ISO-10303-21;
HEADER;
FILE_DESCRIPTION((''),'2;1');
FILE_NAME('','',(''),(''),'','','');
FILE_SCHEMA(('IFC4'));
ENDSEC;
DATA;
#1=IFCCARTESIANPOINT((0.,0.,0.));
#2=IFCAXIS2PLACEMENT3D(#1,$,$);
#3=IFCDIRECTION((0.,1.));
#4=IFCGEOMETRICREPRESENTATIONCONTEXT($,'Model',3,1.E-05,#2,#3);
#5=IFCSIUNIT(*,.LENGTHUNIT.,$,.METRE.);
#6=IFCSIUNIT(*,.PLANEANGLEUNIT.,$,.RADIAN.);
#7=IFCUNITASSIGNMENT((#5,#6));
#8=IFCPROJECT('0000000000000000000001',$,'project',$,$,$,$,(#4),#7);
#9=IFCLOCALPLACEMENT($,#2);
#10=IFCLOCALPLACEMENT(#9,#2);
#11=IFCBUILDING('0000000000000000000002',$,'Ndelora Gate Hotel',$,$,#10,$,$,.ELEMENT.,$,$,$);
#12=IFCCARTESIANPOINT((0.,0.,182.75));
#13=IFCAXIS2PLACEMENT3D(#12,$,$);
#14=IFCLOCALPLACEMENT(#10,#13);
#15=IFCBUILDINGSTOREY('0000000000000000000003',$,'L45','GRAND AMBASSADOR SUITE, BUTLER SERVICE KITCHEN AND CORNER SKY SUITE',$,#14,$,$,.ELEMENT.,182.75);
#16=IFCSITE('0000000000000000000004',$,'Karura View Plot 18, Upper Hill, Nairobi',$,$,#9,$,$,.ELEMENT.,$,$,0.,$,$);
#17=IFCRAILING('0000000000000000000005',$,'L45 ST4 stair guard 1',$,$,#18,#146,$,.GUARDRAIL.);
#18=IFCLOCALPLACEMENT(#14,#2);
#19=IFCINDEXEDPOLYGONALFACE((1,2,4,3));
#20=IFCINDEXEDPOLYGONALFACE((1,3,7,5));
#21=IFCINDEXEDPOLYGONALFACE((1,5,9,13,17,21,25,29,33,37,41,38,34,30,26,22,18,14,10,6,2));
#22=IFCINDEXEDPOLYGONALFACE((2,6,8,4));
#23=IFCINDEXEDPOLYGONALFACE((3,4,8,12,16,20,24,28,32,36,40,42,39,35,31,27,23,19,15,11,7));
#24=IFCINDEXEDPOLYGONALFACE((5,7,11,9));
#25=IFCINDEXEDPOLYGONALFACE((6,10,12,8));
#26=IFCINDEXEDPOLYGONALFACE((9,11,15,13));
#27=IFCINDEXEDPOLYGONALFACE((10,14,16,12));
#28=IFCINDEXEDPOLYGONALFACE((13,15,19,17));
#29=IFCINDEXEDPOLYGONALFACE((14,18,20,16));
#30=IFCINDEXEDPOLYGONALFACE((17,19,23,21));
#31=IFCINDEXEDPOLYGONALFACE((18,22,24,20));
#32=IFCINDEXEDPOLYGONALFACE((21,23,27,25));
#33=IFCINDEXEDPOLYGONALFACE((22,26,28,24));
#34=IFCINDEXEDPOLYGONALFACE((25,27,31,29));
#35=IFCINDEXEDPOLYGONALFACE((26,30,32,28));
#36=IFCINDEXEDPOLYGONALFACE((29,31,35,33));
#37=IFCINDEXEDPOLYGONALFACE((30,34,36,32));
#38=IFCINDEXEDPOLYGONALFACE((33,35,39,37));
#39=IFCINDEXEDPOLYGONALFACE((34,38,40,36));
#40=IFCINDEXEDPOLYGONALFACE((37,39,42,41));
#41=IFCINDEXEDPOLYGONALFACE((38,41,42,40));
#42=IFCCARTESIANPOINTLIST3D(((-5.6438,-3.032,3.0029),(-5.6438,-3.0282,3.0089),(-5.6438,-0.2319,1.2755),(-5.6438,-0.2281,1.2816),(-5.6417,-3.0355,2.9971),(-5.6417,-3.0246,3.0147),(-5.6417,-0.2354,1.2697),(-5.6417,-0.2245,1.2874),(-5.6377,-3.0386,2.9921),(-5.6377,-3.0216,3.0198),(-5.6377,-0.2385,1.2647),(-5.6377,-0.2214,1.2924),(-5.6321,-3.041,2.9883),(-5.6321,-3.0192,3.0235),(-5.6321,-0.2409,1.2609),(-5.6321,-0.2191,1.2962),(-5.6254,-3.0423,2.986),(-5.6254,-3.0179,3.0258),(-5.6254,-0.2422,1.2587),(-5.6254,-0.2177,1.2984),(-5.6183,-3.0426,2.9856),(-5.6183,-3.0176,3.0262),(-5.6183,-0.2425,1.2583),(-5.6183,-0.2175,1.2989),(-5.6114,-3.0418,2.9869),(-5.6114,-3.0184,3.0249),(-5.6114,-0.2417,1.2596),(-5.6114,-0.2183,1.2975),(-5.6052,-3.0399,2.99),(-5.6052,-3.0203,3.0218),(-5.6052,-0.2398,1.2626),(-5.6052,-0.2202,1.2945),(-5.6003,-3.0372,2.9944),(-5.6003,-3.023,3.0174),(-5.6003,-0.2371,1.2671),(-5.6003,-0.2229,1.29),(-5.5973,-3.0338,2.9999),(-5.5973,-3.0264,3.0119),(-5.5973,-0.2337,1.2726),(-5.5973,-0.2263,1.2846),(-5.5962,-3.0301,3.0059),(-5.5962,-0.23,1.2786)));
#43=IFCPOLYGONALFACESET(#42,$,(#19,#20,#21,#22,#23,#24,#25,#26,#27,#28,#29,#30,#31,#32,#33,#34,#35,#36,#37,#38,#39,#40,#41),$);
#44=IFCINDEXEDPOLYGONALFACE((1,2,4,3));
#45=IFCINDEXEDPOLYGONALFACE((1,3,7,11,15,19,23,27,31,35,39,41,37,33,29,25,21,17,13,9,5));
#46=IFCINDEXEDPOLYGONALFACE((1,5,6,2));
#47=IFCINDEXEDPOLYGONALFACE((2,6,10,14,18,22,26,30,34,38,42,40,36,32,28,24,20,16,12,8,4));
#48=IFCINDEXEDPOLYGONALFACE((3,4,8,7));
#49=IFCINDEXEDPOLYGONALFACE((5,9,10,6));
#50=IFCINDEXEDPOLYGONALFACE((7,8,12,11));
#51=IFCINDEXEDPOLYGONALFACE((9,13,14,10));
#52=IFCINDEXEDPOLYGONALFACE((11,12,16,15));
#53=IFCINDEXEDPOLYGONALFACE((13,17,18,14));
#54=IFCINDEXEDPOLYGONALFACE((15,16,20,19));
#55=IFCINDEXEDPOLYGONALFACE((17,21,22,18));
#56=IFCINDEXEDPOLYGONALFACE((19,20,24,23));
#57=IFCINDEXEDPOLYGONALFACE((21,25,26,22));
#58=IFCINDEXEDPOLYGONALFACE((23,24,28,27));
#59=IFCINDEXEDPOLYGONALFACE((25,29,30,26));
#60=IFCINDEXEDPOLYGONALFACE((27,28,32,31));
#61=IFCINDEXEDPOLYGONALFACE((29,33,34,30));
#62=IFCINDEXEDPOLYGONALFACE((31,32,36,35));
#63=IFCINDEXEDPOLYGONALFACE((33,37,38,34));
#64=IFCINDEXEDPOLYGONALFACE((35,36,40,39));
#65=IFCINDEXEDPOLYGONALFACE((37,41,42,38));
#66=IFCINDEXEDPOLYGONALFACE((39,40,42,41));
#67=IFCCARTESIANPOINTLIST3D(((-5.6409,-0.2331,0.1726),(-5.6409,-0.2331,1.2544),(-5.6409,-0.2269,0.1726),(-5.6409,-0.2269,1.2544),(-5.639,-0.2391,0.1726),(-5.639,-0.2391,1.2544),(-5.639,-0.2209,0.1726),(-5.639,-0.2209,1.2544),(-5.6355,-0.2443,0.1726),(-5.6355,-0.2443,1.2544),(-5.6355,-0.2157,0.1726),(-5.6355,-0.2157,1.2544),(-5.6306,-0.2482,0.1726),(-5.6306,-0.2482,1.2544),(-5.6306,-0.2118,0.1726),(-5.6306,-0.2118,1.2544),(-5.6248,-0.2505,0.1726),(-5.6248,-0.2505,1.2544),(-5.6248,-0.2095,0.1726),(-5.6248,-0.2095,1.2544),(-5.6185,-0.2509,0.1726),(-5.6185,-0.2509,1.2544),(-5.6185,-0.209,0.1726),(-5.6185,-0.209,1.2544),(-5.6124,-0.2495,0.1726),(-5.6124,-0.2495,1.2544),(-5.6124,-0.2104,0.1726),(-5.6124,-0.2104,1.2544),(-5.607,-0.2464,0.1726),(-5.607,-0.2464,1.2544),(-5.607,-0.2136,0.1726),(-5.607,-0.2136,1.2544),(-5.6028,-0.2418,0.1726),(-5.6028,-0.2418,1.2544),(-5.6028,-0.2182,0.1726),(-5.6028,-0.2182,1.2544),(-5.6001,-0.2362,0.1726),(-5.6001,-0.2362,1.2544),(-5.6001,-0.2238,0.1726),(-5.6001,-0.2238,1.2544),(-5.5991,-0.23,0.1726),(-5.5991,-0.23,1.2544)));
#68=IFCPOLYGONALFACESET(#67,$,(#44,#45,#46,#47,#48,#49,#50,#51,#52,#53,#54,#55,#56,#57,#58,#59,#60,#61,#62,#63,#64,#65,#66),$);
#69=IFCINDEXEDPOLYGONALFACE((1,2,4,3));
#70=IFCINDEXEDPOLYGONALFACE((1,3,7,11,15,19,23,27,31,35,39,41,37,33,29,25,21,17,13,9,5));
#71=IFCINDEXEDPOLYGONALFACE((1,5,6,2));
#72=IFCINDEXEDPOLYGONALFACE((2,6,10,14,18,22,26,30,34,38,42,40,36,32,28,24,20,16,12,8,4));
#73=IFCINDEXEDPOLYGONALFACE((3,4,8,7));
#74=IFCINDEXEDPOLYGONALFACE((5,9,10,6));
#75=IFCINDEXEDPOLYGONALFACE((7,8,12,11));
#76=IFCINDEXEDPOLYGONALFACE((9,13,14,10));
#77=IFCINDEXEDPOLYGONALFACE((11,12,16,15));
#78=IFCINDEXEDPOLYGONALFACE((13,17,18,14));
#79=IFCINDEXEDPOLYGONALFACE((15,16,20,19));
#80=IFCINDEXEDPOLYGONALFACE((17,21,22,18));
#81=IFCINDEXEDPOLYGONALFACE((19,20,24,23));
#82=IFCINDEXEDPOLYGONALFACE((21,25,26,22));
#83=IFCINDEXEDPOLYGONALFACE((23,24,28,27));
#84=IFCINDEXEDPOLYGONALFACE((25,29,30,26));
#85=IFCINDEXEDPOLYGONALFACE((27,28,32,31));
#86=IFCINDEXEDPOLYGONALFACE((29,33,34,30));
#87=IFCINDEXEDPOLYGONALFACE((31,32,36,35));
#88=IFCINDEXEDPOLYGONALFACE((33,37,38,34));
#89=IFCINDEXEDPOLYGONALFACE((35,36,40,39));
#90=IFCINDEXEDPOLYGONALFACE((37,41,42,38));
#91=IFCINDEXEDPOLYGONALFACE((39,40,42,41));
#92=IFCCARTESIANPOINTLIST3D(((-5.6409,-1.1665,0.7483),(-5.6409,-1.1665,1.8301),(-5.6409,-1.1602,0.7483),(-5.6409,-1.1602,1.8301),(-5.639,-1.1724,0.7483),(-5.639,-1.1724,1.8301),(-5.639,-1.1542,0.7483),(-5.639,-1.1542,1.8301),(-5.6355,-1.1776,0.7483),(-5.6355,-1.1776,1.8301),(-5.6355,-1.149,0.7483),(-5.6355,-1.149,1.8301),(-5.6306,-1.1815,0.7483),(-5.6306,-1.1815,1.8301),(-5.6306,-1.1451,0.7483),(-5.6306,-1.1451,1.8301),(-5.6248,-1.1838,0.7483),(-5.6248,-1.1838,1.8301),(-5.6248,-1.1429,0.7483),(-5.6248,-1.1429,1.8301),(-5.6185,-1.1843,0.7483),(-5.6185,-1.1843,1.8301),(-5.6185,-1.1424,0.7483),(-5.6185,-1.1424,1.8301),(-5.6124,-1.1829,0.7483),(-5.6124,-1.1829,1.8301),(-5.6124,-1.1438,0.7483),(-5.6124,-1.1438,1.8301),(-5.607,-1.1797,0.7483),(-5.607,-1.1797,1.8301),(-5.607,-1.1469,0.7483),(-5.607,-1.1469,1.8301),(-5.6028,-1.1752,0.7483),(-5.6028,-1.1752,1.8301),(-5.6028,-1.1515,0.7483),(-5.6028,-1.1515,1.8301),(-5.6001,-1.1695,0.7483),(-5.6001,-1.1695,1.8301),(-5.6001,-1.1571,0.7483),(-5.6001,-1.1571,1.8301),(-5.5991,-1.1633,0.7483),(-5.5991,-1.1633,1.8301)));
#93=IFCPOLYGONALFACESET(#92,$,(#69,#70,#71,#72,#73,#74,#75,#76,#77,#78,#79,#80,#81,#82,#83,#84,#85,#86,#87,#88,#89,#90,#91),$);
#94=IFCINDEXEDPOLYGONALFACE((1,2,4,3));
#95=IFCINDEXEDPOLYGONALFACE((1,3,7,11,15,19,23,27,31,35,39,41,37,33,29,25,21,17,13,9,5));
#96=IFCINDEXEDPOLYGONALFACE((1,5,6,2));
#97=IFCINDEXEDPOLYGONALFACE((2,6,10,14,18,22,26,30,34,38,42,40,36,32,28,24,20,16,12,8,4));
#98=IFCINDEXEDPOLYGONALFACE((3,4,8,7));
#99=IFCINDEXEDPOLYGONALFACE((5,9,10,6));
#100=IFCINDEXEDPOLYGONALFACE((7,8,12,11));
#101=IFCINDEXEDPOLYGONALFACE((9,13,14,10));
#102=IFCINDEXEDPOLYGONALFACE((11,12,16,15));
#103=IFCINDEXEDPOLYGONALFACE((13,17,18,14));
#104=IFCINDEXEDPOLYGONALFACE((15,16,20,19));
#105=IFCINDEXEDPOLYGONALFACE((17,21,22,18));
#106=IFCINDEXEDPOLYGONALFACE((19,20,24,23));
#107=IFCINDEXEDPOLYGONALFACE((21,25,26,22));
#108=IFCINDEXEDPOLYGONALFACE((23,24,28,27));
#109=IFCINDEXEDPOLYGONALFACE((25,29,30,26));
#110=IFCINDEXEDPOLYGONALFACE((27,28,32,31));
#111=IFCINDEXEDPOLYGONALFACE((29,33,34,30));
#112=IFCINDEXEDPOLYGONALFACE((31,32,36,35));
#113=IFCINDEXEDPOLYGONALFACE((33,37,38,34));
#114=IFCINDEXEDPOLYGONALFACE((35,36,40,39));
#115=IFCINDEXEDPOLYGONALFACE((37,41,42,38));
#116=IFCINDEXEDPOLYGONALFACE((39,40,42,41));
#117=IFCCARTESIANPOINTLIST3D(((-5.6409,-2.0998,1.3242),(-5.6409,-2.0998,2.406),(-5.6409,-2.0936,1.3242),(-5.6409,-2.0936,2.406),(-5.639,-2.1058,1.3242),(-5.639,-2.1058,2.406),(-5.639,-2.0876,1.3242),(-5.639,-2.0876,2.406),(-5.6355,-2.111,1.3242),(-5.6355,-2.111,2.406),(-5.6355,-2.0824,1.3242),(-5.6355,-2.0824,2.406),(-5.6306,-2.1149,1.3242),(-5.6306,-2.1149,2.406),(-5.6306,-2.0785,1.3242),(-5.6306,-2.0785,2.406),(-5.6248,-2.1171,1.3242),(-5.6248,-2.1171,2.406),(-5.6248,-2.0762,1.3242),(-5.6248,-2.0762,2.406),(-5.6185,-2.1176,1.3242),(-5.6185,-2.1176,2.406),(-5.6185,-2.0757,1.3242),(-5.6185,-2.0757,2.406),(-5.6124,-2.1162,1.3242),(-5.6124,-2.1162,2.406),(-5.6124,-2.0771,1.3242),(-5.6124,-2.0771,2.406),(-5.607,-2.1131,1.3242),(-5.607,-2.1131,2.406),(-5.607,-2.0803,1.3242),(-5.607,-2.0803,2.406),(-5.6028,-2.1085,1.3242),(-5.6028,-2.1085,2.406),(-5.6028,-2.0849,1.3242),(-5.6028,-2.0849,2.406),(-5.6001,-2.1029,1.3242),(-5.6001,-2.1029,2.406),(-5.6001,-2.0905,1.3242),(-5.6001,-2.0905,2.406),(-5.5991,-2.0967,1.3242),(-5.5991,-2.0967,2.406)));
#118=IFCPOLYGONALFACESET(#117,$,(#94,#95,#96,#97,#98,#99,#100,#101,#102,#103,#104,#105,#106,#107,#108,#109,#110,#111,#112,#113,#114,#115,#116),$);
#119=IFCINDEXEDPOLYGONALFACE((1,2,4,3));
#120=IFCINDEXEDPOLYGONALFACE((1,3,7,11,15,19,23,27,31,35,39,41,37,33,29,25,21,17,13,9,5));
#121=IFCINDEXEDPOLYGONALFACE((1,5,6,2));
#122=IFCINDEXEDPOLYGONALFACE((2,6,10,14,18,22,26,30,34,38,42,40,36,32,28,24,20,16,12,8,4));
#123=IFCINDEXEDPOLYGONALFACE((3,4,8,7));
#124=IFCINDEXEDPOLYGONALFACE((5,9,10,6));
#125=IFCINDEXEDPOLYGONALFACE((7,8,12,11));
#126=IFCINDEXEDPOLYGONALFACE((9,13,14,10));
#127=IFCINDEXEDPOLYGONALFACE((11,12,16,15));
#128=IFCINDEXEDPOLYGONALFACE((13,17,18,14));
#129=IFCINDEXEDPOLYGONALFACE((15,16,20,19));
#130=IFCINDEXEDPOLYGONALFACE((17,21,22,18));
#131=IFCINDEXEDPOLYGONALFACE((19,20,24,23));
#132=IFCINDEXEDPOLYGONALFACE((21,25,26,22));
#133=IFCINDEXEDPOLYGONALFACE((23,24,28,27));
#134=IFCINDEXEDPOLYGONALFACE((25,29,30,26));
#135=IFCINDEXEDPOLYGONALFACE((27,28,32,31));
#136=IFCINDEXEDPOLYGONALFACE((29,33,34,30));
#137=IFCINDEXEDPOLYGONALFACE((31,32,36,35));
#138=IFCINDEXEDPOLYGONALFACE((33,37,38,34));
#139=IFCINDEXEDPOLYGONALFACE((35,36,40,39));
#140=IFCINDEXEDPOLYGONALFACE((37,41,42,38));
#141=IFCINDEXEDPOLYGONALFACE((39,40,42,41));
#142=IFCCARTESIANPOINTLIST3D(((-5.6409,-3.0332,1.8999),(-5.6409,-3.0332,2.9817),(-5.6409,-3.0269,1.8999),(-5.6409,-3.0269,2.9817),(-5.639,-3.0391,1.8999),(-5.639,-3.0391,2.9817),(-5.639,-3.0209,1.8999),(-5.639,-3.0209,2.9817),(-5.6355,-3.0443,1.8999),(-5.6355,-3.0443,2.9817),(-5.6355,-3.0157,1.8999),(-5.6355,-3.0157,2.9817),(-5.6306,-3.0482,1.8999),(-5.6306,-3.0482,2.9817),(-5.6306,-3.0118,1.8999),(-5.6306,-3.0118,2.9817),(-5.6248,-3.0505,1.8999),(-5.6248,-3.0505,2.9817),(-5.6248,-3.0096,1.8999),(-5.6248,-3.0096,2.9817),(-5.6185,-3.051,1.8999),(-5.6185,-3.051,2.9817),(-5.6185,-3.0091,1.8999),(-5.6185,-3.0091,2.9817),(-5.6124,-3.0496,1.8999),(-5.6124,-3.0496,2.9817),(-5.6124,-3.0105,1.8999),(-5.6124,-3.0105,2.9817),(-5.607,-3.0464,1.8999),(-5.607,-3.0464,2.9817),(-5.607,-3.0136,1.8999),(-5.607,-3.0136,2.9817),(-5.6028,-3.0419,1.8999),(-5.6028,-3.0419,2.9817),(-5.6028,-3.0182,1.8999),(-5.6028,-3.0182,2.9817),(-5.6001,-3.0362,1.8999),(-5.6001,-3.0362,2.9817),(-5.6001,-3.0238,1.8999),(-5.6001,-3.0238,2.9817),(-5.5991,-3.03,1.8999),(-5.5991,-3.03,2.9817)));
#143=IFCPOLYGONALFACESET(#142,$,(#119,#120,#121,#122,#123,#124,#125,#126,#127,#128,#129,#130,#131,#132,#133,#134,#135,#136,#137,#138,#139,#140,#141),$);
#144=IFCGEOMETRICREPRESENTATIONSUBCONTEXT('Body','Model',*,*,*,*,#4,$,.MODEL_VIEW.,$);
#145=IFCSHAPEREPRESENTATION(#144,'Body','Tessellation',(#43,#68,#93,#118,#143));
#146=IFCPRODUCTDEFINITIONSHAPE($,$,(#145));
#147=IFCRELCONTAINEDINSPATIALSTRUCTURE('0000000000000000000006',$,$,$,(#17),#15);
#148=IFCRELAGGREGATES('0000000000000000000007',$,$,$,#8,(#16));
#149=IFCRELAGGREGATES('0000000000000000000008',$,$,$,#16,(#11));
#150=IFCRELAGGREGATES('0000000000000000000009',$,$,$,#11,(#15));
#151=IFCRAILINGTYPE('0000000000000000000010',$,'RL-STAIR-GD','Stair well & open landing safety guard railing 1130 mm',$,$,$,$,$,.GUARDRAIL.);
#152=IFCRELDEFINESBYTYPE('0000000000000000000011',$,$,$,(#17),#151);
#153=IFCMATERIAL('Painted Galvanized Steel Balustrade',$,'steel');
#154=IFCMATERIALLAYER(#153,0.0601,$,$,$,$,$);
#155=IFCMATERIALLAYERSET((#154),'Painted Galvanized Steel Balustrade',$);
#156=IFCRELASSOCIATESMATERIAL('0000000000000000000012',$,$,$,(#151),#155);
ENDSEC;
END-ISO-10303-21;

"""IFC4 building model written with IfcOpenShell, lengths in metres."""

from ifc_helpers import new_model, si_unit, direction, frame, origin, origin_2d, place, context, subcontext, project, spatial, circle, extrude, material, layer, layer_set, type_object, element, save


model = new_model("IFC4")

# Units and contexts
model_context = context("Model", 3, precision=1e-05, world=origin(), true_north=direction((0.0, 1.0)))
body_context = subcontext(model_context, "Body", "Model", "MODEL_VIEW")
ifc_project = project(units=[si_unit("LENGTHUNIT", "METRE"), si_unit("PLANEANGLEUNIT", "RADIAN")], contexts=[model_context])

# Site, building, storey
site_placement = place(None, origin())
site = spatial("IfcSite", under=ifc_project, at=site_placement, Name="Karura View Plot 18, Upper Hill, Nairobi", CompositionType="ELEMENT", RefElevation=0.0)
building_placement = place(site_placement, origin())
building = spatial("IfcBuilding", under=site, at=building_placement, Name="Ndelora Gate Hotel", CompositionType="ELEMENT")
storey_placement = place(building_placement, frame((0.0, 0.0, 182.75)))
storey = spatial("IfcBuildingStorey", under=building, at=storey_placement, Name="L45", Description="GRAND AMBASSADOR SUITE, BUTLER SERVICE KITCHEN AND CORNER SKY SUITE", CompositionType="ELEMENT", Elevation=182.75)

# Railing
ifc_material_1 = material(Name="Painted Galvanized Steel Balustrade", Category="steel")
ifc_layer_1 = layer(ifc_material_1, 0.0601)
ifc_layer_set_1 = layer_set([ifc_layer_1], Name="Painted Galvanized Steel Balustrade")
railing_type_1 = type_object("IfcRailingType", Name="RL-STAIR-GD", Description="Stair well & open landing safety guard railing 1130 mm", PredefinedType="GUARDRAIL", material=ifc_layer_set_1)
railing_1_placement = place(storey_placement, frame((-5.6201, -0.23, 0.1726)))
element("IfcRailing", 1, at=railing_1_placement, inside=storey, type_object=railing_type_1, Name="L45 ST4 stair guard 1", PredefinedType="GUARDRAIL", context=body_context, shape_type="SweptSolid", body=[
    extrude(circle(Radius=0.0239, at=origin_2d()), frame((0.0, 0.0, 1.106), z_axis=(0.0, -0.85109, 0.52502), x_axis=(1.0, 0.0, 0.0)), (0.0, 0.0, 1.0), 3.29),
    extrude(circle(Radius=0.021, at=origin_2d()), origin(), (0.0, 0.0, 1.0), 1.0818),
    extrude(circle(Radius=0.021, at=origin_2d()), frame((0.0, -0.9333, 0.5757)), (0.0, 0.0, 1.0), 1.0818),
    extrude(circle(Radius=0.021, at=origin_2d()), frame((0.0, -1.8667, 1.1516)), (0.0, 0.0, 1.0), 1.0818),
    extrude(circle(Radius=0.021, at=origin_2d()), frame((0.0, -2.8, 1.7273)), (0.0, 0.0, 1.0), 1.0818),
])

save(model, "model.ifc")
